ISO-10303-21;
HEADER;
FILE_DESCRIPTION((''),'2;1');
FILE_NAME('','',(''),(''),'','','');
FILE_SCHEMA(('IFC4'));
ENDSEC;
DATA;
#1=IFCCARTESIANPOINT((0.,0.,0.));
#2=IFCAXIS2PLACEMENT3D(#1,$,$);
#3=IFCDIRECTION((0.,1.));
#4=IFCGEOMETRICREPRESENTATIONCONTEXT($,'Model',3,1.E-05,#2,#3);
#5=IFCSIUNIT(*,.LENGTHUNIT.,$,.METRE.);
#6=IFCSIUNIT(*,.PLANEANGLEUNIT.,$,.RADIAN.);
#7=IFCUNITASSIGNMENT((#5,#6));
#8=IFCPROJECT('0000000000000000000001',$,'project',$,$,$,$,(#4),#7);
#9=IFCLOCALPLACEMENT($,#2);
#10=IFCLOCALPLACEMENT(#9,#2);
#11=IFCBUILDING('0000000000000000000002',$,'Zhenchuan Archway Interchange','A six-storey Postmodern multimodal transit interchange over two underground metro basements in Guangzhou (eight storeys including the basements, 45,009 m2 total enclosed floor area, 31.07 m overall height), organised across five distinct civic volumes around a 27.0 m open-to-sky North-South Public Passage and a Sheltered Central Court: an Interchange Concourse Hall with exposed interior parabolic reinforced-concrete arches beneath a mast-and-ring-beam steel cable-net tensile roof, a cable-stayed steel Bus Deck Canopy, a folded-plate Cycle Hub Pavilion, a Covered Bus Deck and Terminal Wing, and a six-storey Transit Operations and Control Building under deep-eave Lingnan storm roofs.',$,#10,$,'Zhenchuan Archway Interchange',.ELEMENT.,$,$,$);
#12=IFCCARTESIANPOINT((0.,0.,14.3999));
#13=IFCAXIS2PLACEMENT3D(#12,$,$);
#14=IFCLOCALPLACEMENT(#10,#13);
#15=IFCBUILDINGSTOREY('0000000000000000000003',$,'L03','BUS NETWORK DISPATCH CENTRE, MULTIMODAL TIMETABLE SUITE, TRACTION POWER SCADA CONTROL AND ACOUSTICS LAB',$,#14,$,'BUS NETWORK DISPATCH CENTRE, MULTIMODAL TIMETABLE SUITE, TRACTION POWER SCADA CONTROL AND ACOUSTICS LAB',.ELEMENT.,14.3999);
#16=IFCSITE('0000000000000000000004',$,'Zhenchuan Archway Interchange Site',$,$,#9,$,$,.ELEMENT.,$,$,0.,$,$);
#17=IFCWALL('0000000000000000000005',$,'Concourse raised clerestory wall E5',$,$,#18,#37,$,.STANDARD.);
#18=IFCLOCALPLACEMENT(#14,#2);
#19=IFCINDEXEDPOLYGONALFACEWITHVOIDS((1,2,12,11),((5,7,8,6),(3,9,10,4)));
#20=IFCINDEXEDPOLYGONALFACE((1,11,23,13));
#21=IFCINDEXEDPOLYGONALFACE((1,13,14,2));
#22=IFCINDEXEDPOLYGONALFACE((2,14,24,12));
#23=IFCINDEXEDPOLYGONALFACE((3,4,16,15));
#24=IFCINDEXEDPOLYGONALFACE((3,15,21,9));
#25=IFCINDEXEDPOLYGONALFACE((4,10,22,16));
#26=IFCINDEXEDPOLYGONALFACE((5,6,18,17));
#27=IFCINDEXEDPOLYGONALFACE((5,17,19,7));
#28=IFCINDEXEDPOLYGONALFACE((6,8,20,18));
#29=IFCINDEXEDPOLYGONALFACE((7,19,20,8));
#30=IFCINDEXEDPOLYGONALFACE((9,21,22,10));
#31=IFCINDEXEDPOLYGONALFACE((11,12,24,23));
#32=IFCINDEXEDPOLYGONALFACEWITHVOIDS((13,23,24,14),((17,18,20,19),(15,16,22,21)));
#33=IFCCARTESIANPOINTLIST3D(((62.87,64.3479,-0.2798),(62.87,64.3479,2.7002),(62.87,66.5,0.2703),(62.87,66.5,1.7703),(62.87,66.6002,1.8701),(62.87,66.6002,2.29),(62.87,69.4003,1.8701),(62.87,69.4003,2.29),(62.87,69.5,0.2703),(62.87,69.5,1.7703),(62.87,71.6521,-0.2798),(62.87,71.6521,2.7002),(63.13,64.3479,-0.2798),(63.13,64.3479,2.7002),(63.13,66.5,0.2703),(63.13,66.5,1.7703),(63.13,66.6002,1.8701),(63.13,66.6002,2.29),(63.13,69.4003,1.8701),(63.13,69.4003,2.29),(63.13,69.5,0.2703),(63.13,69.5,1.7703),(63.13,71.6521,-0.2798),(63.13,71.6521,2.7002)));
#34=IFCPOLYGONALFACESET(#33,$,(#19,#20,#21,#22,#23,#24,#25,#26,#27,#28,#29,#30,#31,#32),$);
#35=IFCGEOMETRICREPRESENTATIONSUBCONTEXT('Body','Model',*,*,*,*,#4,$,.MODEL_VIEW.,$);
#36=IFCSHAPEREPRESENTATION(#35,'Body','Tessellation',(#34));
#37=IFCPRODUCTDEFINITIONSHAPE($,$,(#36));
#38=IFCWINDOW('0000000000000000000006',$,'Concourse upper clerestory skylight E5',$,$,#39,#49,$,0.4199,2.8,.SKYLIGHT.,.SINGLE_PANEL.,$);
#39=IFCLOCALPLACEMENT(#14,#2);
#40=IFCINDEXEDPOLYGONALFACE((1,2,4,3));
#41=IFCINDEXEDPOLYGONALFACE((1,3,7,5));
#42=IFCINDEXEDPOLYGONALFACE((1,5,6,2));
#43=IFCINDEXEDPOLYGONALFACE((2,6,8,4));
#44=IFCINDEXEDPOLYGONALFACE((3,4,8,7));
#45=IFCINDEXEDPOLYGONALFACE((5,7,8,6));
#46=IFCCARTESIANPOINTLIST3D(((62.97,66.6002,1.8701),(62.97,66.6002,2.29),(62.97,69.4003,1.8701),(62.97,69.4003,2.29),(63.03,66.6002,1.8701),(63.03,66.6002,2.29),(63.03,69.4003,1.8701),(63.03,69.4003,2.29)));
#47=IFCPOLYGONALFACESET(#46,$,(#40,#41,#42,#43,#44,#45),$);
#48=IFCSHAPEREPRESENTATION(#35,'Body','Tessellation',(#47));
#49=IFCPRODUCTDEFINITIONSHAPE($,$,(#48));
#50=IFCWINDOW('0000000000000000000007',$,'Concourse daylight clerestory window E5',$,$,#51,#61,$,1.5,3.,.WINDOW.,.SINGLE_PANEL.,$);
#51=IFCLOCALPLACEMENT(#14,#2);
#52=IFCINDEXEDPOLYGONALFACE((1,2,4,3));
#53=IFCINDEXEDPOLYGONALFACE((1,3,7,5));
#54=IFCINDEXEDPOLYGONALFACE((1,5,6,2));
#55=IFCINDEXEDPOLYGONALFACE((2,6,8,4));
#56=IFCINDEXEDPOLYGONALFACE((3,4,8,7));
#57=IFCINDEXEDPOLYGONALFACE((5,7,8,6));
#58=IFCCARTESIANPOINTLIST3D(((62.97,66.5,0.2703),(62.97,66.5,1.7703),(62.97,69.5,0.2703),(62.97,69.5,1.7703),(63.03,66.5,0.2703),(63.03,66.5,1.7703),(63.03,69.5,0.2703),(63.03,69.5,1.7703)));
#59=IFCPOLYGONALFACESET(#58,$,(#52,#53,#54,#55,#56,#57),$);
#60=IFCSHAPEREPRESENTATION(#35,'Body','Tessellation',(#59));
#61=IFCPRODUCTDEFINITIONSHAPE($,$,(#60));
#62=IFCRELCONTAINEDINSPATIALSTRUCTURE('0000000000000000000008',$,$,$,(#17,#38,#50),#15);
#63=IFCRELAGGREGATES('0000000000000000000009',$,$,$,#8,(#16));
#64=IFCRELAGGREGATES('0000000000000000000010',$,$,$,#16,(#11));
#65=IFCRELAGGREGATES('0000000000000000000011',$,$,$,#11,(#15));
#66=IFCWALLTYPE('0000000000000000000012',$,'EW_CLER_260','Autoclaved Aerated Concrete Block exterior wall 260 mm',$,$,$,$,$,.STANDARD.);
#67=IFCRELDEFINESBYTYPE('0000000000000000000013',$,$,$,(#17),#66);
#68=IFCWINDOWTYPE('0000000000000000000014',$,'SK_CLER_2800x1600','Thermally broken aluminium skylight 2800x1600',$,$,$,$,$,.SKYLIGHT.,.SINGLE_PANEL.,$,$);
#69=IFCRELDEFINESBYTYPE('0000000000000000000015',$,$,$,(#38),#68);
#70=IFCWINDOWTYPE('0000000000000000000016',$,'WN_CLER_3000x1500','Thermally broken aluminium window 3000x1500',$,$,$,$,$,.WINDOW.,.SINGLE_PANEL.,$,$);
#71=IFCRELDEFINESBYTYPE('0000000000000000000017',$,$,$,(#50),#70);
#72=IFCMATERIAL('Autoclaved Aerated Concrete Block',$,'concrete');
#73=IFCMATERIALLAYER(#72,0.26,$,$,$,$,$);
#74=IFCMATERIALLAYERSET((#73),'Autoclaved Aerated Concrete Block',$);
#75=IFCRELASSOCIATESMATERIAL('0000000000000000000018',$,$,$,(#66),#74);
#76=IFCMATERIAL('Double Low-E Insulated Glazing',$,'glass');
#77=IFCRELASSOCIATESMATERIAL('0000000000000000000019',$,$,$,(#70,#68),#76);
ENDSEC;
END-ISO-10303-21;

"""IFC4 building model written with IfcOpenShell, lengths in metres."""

from ifc_helpers import new_model, si_unit, direction, frame, frame_2d, origin, place, context, subcontext, project, spatial, rectangle, extrude, material, layer, layer_set, type_object, element, fill, save


model = new_model("IFC4")

# Units and contexts
model_context = context("Model", 3, precision=1e-05, world=origin(), true_north=direction((0.0, 1.0)))
body_context = subcontext(model_context, "Body", "Model", "MODEL_VIEW")
ifc_project = project(units=[si_unit("LENGTHUNIT", "METRE"), si_unit("PLANEANGLEUNIT", "RADIAN")], contexts=[model_context])

# Site, building, storey
site_placement = place(None, origin())
site = spatial("IfcSite", under=ifc_project, at=site_placement, Name="Zhenchuan Archway Interchange Site", CompositionType="ELEMENT", RefElevation=0.0)
building_placement = place(site_placement, origin())
building = spatial("IfcBuilding", under=site, at=building_placement, Name="Zhenchuan Archway Interchange", Description="A six-storey Postmodern multimodal transit interchange over two underground metro basements in Guangzhou (eight storeys including the basements, 45,009 m2 total enclosed floor area, 31.07 m overall height), organised across five distinct civic volumes around a 27.0 m open-to-sky North-South Public Passage and a Sheltered Central Court: an Interchange Concourse Hall with exposed interior parabolic reinforced-concrete arches beneath a mast-and-ring-beam steel cable-net tensile roof, a cable-stayed steel Bus Deck Canopy, a folded-plate Cycle Hub Pavilion, a Covered Bus Deck and Terminal Wing, and a six-storey Transit Operations and Control Building under deep-eave Lingnan storm roofs.", LongName="Zhenchuan Archway Interchange", CompositionType="ELEMENT")
storey_placement = place(building_placement, frame((0.0, 0.0, 14.3999)))
storey = spatial("IfcBuildingStorey", under=building, at=storey_placement, Name="L03", Description="BUS NETWORK DISPATCH CENTRE, MULTIMODAL TIMETABLE SUITE, TRACTION POWER SCADA CONTROL AND ACOUSTICS LAB", LongName="BUS NETWORK DISPATCH CENTRE, MULTIMODAL TIMETABLE SUITE, TRACTION POWER SCADA CONTROL AND ACOUSTICS LAB", CompositionType="ELEMENT", Elevation=14.3999)

# Wall, openings, windows
ifc_material_1 = material(Name="Autoclaved Aerated Concrete Block", Category="concrete")
ifc_layer = layer(ifc_material_1, 0.26)
ifc_layer_set = layer_set([ifc_layer], Name="Autoclaved Aerated Concrete Block")
wall_type = type_object("IfcWallType", Name="EW_CLER_260", Description="Autoclaved Aerated Concrete Block exterior wall 260 mm", PredefinedType="STANDARD", material=ifc_layer_set)
ifc_material_2 = material(Name="Double Low-E Insulated Glazing", Category="glass")
window_type_1 = type_object("IfcWindowType", Name="WN_CLER_3000x1500", Description="Thermally broken aluminium window 3000x1500", PartitioningType="SINGLE_PANEL", PredefinedType="WINDOW", material=ifc_material_2)
wall_1_placement = place(storey_placement, frame((63.0, 71.6521, -0.2798), z_axis=(0.0, 0.0, 1.0), x_axis=(0.0, -1.0, 0.0)))
wall_1 = element("IfcWall", 1, at=wall_1_placement, inside=storey, type_object=wall_type, Name="Concourse raised clerestory wall E5", PredefinedType="STANDARD", context=body_context, shape_type="SweptSolid", body=[
    extrude(rectangle(XDim=7.3042, YDim=0.26, at=frame_2d((3.6521, 0.0))), origin(), (0.0, 0.0, 1.0), 2.98),
])
opening_1_placement = place(wall_1_placement, frame((2.1521, 0.0, 0.55)))
opening_1 = element("IfcOpeningElement", 2, at=opening_1_placement, cuts=wall_1, PredefinedType="OPENING", context=body_context, shape_type="SweptSolid", body=[
    extrude(rectangle(XDim=3.0, YDim=1.5, at=frame_2d((1.5, 0.75))), frame((0.0, 0.1421, 0.0), z_axis=(0.0, -1.0, 0.0), x_axis=(1.0, 0.0, 0.0)), (0.0, 0.0, 1.0), 0.2839),
])
opening_2_placement = place(wall_1_placement, frame((2.252, 0.0, 2.1499)))
opening_2 = element("IfcOpeningElement", 3, at=opening_2_placement, cuts=wall_1, PredefinedType="OPENING", context=body_context, shape_type="SweptSolid", body=[
    extrude(rectangle(XDim=2.8, YDim=0.4199, at=frame_2d((1.3999, 0.21))), frame((0.0, 0.1421, 0.0), z_axis=(0.0, -1.0, 0.0), x_axis=(1.0, 0.0, 0.0)), (0.0, 0.0, 1.0), 0.2839),
])
window_type_2 = type_object("IfcWindowType", Name="SK_CLER_2800x1600", Description="Thermally broken aluminium skylight 2800x1600", PartitioningType="SINGLE_PANEL", PredefinedType="SKYLIGHT", material=ifc_material_2)
window_1_placement = place(opening_2_placement, origin())
window_1 = element("IfcWindow", 4, at=window_1_placement, inside=storey, type_object=window_type_2, Name="Concourse upper clerestory skylight E5", OverallHeight=0.4199, OverallWidth=2.8, PartitioningType="SINGLE_PANEL", PredefinedType="SKYLIGHT", context=body_context, shape_type="SweptSolid", body=[
    extrude(rectangle(XDim=2.8, YDim=0.4199, at=frame_2d((1.3999, 0.21))), frame((0.0, 0.03, 0.0), z_axis=(0.0, -1.0, 0.0), x_axis=(1.0, 0.0, 0.0)), (0.0, 0.0, 1.0), 0.0601),
])
fill(opening_2, window_1)
window_2_placement = place(opening_1_placement, origin())
window_2 = element("IfcWindow", 5, at=window_2_placement, inside=storey, type_object=window_type_1, Name="Concourse daylight clerestory window E5", OverallHeight=1.5, OverallWidth=3.0, PartitioningType="SINGLE_PANEL", PredefinedType="WINDOW", context=body_context, shape_type="SweptSolid", body=[
    extrude(rectangle(XDim=3.0, YDim=1.5, at=frame_2d((1.5, 0.75))), frame((0.0, 0.03, 0.0), z_axis=(0.0, -1.0, 0.0), x_axis=(1.0, 0.0, 0.0)), (0.0, 0.0, 1.0), 0.0601),
])
fill(opening_1, window_2)

save(model, "model.ifc")
